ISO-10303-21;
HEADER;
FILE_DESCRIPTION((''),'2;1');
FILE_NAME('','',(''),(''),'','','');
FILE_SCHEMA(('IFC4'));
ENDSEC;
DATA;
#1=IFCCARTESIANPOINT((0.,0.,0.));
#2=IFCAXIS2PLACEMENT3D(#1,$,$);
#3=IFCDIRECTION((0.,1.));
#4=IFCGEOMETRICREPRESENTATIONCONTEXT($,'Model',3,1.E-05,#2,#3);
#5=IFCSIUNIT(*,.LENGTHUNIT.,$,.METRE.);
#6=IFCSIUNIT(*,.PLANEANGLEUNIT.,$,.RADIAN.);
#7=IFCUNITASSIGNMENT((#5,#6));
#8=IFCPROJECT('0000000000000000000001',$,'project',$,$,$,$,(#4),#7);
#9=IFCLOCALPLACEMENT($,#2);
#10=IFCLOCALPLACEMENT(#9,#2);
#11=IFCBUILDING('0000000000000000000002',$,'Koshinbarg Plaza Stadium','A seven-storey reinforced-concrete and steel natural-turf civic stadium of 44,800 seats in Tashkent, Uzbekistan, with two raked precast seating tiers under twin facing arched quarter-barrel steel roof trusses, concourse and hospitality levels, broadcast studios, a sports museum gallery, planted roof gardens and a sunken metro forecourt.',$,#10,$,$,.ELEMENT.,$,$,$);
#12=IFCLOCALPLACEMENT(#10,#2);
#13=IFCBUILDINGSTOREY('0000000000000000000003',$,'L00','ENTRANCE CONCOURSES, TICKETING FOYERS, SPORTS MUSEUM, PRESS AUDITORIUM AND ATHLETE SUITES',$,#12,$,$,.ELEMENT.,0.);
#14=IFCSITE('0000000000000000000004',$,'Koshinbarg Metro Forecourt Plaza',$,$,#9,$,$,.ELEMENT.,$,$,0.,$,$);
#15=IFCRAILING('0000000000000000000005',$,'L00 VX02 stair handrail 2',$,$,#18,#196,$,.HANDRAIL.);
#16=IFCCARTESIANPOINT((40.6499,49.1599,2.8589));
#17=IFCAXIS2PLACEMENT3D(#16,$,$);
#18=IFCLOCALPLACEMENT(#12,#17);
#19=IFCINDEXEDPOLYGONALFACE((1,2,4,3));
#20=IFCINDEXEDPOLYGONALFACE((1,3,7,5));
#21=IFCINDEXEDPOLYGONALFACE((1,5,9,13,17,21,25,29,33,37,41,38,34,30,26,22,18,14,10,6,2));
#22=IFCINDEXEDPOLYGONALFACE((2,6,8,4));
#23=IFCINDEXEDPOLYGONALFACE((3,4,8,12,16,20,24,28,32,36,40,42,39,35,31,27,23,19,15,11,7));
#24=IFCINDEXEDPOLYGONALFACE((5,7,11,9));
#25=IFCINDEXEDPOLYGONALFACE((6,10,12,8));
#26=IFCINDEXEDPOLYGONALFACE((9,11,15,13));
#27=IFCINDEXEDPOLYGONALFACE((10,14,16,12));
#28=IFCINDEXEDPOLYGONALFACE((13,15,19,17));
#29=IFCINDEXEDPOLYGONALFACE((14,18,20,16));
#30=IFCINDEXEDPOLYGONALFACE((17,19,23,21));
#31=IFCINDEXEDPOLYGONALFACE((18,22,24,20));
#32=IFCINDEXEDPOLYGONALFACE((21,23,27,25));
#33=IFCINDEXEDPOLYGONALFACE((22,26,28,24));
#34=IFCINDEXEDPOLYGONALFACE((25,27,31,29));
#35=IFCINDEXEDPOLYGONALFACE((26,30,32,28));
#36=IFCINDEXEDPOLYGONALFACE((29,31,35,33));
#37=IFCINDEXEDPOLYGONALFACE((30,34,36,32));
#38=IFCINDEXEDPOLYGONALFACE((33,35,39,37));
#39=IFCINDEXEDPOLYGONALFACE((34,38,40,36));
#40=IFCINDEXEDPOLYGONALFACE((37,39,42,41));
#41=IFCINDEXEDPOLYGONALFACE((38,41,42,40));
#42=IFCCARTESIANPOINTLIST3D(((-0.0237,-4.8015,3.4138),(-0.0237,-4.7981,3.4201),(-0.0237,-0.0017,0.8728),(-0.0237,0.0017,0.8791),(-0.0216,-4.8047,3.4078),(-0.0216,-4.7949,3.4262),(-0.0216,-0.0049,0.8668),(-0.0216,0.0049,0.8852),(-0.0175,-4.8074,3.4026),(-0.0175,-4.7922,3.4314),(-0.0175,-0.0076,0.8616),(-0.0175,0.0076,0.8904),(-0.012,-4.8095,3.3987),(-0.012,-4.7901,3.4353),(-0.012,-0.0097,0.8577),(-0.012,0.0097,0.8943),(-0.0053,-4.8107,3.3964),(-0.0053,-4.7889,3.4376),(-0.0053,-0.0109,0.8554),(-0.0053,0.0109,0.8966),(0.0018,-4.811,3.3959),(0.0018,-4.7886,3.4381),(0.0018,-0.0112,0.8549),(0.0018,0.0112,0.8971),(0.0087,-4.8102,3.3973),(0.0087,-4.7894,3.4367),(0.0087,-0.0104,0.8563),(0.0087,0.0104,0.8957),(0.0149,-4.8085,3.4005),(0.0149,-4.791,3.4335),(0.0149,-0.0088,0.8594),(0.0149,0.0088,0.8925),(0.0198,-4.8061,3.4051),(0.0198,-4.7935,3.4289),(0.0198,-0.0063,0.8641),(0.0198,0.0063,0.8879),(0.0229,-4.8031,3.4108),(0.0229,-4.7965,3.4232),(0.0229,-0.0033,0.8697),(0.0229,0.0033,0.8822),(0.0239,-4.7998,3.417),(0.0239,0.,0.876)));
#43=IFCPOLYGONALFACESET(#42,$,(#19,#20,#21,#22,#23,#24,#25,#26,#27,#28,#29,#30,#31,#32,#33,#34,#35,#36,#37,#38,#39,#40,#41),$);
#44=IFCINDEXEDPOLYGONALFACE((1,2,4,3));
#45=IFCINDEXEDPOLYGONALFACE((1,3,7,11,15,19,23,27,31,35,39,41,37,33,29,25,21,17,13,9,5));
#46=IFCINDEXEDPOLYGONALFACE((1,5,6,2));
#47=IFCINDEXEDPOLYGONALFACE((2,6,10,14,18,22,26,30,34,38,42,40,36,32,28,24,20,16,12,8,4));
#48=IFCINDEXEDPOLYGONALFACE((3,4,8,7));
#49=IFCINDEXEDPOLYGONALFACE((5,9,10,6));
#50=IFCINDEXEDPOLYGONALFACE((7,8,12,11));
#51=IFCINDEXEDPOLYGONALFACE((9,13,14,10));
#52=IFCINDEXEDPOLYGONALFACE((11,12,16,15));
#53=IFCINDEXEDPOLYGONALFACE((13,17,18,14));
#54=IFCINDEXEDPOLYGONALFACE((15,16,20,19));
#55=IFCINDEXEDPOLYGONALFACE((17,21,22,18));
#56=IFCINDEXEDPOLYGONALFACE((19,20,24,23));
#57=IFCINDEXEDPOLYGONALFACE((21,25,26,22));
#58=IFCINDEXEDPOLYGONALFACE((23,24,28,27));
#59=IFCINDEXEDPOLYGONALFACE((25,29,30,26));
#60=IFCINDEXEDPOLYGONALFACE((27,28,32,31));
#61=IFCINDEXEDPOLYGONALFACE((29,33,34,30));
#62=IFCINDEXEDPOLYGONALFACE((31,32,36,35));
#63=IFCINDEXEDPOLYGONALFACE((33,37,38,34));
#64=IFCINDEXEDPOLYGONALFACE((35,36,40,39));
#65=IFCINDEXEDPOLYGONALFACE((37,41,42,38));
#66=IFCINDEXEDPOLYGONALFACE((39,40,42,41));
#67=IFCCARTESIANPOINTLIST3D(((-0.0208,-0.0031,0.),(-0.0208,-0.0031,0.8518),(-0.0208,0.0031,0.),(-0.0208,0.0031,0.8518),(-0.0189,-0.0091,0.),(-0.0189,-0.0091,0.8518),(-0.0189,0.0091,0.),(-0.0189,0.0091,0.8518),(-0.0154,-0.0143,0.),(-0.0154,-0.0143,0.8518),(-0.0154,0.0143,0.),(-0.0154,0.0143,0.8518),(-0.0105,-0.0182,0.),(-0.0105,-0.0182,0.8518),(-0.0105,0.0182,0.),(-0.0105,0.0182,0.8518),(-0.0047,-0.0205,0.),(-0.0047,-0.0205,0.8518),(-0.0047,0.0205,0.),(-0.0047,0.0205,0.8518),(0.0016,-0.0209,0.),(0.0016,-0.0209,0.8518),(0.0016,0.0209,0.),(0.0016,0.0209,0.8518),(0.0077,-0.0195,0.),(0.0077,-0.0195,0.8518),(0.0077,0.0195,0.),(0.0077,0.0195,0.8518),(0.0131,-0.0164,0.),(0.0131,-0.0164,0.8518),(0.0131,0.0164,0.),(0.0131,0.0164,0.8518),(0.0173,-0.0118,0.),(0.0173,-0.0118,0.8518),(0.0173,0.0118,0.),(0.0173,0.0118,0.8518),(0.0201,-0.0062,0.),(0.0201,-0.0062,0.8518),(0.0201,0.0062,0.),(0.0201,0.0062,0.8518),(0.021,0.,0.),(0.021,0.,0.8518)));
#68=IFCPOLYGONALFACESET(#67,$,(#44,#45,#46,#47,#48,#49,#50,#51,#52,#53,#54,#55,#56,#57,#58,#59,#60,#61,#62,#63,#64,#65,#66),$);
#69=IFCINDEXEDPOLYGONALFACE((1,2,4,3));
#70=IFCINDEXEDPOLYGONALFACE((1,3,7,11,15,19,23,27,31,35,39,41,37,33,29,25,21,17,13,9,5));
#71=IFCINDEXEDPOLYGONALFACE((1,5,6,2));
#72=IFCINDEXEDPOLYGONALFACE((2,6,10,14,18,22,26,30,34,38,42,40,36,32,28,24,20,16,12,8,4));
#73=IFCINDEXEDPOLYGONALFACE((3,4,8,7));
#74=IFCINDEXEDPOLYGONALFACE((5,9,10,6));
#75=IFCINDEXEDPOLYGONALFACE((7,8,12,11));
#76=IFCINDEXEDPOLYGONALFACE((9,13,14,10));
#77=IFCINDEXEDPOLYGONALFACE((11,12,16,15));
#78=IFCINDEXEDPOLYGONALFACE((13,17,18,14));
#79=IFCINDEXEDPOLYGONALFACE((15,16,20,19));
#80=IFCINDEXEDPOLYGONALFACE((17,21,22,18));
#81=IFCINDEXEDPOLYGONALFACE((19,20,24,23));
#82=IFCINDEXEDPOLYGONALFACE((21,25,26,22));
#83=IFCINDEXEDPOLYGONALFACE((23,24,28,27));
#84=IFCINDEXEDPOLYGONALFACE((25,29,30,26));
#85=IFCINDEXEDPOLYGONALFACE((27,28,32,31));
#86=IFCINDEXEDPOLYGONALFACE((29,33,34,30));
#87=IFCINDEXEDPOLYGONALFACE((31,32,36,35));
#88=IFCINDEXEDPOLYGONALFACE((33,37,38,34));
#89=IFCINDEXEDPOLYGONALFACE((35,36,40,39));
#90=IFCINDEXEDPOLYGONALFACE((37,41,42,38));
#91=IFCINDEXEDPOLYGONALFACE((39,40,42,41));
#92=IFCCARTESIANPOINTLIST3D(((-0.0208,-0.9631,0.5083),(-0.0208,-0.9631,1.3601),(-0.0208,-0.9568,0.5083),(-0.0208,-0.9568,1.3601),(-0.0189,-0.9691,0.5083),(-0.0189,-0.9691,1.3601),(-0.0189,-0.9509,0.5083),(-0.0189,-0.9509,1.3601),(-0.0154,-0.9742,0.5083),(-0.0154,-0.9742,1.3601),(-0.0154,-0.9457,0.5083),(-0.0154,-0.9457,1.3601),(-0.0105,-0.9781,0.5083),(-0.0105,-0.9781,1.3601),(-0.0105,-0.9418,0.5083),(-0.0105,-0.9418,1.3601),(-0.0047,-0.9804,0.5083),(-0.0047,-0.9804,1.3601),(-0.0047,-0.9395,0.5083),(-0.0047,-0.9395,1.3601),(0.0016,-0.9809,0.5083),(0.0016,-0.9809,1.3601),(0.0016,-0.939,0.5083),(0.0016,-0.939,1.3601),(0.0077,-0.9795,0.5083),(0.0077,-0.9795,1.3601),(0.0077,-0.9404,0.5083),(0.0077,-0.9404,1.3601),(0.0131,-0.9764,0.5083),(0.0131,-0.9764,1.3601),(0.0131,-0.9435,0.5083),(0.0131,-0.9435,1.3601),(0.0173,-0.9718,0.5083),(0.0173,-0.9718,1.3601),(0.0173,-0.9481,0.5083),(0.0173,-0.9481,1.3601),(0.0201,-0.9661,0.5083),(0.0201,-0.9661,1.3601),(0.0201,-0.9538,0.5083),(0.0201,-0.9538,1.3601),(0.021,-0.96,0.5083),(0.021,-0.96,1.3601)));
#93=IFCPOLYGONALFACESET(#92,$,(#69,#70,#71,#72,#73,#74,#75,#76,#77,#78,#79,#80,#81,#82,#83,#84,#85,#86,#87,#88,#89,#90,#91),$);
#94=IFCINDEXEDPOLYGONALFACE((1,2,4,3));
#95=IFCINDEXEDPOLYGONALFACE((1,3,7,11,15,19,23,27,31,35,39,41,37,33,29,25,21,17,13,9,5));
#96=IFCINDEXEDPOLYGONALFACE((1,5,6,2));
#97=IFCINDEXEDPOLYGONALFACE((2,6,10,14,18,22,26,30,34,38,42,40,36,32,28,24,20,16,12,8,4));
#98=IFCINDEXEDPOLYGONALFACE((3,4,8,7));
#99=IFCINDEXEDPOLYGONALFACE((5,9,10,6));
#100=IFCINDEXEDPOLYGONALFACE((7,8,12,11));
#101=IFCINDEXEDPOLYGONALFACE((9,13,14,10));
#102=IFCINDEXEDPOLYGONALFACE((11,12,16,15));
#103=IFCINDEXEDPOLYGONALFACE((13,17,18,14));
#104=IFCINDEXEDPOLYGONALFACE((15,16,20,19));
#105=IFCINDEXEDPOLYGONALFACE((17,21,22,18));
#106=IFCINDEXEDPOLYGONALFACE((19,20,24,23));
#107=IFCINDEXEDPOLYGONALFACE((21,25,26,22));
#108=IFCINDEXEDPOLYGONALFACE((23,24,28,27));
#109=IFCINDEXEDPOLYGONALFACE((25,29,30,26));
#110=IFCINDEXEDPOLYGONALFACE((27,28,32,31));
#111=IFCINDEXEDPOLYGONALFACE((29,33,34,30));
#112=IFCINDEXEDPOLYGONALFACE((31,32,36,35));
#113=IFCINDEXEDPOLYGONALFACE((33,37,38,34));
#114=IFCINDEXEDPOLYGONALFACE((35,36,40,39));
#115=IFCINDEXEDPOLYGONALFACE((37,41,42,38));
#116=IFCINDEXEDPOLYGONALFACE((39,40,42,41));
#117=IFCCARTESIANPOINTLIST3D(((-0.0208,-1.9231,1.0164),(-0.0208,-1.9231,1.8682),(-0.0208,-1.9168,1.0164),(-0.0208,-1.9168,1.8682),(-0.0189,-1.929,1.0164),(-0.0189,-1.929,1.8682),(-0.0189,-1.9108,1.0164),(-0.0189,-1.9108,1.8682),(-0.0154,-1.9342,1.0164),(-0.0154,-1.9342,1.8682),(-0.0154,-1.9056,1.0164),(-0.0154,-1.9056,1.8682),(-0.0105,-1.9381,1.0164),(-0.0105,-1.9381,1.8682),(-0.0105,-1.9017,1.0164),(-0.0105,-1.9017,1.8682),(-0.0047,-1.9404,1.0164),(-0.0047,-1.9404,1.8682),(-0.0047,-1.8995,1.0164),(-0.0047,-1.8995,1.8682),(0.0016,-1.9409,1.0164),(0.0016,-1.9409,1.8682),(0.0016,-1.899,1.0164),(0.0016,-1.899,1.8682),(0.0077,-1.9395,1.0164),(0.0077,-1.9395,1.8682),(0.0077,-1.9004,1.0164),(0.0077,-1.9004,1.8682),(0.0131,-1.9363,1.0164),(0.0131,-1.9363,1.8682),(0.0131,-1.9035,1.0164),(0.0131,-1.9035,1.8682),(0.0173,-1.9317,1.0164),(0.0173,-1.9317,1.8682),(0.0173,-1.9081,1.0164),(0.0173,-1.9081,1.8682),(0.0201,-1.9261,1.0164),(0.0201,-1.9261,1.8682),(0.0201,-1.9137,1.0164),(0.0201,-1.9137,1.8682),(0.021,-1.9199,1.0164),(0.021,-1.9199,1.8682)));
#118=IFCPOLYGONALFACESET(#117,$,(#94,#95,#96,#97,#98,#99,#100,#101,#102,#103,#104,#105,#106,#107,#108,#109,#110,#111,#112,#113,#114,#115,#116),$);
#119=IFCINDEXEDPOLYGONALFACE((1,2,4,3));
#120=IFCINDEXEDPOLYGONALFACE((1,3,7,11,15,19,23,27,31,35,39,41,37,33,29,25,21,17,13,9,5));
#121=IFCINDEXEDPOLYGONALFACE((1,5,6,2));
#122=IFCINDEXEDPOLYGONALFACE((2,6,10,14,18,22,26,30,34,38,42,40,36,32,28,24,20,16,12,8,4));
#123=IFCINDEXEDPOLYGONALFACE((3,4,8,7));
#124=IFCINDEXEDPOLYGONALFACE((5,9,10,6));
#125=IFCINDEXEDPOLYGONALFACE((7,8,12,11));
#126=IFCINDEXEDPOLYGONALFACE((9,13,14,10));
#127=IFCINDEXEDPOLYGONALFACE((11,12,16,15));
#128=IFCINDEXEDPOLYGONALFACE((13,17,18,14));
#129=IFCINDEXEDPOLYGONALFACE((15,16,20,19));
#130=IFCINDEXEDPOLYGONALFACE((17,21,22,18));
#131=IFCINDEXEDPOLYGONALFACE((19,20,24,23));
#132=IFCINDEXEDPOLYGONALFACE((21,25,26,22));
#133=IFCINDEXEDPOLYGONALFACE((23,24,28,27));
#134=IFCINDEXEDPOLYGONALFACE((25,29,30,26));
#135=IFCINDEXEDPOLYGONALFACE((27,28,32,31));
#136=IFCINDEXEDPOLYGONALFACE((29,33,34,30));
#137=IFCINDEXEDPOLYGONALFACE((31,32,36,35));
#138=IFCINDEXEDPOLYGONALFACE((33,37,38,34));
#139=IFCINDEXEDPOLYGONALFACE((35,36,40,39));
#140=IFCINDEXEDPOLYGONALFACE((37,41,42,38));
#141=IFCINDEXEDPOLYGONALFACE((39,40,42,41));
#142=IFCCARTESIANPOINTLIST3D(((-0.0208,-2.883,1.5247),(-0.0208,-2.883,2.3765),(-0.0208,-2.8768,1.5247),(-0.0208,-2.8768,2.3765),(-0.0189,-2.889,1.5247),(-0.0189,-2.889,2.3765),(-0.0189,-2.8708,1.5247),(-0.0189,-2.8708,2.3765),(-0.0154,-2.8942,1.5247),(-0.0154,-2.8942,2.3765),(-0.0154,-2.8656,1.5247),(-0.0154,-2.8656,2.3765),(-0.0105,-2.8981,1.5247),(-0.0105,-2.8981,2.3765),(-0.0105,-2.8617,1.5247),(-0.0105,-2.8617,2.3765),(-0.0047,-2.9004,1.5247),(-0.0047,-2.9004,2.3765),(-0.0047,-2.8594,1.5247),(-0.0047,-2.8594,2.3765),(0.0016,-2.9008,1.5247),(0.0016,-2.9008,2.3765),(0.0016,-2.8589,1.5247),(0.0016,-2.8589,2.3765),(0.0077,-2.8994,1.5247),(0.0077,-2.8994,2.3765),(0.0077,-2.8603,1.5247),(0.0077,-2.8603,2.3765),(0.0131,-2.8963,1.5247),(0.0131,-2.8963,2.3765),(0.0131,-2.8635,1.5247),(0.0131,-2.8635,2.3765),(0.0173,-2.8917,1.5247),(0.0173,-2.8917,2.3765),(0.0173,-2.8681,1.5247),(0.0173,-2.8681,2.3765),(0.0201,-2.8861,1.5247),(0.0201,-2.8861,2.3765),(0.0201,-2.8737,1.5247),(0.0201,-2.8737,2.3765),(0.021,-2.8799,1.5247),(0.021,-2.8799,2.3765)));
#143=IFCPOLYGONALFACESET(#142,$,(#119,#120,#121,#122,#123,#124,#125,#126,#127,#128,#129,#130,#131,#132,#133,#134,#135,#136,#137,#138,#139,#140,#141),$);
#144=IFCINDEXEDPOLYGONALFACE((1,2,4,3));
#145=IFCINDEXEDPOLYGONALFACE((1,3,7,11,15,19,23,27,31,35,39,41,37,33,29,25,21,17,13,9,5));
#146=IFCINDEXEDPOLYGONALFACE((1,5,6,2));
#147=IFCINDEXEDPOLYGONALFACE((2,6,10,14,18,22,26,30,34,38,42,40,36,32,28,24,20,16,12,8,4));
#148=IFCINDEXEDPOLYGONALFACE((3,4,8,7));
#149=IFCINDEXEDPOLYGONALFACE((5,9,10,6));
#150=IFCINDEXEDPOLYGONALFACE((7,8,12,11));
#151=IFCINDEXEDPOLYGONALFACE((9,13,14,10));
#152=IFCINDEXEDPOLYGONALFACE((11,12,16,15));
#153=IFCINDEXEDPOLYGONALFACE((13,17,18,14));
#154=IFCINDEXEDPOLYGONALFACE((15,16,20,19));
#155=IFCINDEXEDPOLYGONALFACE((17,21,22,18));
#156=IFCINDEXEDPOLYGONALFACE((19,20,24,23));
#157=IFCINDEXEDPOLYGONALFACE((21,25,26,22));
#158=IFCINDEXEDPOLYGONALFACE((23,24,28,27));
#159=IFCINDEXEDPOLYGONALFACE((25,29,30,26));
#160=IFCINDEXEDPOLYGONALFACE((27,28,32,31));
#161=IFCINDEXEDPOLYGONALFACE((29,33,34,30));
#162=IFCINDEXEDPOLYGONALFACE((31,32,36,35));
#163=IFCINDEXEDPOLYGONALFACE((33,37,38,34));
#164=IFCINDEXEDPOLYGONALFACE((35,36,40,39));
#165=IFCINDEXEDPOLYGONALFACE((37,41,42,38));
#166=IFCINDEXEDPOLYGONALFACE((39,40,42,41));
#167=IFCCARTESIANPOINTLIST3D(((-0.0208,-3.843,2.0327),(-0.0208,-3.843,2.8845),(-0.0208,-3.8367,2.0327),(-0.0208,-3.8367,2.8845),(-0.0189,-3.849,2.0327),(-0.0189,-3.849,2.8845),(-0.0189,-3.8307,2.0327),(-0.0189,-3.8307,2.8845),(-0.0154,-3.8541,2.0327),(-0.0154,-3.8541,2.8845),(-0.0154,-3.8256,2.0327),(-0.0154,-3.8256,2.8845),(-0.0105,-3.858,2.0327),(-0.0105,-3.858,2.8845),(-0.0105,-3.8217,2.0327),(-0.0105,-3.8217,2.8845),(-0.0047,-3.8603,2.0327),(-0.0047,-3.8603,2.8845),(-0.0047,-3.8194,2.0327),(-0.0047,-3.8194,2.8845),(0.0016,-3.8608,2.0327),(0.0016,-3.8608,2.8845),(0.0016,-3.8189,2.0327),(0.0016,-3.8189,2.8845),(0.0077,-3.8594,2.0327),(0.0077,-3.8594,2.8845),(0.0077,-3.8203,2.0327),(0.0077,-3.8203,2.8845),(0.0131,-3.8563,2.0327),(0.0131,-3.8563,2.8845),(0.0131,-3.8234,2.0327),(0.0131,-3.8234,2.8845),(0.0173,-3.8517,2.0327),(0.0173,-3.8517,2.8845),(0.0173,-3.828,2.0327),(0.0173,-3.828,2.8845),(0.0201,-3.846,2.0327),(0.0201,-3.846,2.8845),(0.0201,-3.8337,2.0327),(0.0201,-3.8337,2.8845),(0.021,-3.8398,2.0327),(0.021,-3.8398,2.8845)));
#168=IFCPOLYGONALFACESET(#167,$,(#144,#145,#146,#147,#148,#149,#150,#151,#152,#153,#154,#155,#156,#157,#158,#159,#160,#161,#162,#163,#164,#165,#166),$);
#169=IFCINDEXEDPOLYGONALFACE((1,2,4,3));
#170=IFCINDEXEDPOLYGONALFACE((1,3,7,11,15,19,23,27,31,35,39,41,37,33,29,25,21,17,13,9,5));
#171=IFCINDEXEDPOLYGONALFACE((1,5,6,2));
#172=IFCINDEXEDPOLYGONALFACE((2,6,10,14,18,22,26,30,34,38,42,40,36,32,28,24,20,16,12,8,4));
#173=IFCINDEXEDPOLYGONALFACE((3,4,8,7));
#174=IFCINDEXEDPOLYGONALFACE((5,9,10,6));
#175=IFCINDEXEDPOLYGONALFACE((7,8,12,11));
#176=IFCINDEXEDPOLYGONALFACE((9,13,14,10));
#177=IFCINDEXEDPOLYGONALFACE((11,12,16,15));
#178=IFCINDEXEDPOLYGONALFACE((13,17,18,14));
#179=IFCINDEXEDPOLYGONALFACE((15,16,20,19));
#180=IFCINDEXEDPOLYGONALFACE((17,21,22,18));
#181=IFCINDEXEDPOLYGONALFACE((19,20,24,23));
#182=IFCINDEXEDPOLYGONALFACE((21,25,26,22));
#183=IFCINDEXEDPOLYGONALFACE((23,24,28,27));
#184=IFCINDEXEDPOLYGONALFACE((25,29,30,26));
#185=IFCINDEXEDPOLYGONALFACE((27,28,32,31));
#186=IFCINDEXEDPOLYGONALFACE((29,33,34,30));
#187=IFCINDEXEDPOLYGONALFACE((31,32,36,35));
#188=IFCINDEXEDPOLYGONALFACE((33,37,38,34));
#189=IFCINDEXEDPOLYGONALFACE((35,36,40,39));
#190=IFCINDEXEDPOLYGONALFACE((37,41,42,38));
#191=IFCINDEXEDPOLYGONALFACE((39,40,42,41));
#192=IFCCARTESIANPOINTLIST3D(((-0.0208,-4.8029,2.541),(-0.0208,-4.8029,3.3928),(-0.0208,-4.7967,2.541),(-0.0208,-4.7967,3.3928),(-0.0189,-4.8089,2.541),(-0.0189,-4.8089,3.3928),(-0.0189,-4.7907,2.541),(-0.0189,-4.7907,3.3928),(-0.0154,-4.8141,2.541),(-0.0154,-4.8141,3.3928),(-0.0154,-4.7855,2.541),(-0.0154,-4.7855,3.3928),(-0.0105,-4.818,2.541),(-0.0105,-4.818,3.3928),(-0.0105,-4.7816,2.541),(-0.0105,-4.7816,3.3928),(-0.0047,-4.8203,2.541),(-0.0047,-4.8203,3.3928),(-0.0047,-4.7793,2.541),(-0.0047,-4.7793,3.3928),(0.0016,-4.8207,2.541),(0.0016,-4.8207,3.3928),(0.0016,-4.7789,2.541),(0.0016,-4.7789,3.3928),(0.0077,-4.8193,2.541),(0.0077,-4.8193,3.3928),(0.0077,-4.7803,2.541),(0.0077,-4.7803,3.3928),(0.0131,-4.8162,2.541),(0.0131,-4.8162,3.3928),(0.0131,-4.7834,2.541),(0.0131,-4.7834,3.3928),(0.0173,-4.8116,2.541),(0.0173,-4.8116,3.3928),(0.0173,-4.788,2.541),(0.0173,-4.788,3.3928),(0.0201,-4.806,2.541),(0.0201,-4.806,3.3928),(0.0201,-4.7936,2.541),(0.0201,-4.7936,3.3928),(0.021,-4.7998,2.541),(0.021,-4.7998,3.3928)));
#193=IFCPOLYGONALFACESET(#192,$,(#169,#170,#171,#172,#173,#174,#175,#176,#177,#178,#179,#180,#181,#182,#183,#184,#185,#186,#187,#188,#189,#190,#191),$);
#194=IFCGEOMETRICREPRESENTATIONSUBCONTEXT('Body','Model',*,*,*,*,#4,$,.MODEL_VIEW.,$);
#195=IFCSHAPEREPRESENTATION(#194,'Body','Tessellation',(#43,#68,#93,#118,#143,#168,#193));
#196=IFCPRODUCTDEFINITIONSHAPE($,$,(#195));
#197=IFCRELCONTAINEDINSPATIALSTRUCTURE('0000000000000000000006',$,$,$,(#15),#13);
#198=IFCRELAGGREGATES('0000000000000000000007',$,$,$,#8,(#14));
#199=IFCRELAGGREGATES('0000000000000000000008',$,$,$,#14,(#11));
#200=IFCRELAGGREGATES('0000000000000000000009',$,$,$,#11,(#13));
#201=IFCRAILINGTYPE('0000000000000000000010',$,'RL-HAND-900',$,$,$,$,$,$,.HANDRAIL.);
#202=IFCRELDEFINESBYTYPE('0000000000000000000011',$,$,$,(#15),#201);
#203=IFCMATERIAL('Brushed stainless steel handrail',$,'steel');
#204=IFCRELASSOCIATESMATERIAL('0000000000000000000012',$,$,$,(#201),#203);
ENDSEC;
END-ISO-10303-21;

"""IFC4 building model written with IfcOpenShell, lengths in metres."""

from ifc_helpers import new_model, si_unit, direction, frame, origin, origin_2d, place, context, subcontext, project, spatial, circle, extrude, material, type_object, element, save


model = new_model("IFC4")

# Units and contexts
model_context = context("Model", 3, precision=1e-05, world=origin(), true_north=direction((0.0, 1.0)))
body_context = subcontext(model_context, "Body", "Model", "MODEL_VIEW")
ifc_project = project(units=[si_unit("LENGTHUNIT", "METRE"), si_unit("PLANEANGLEUNIT", "RADIAN")], contexts=[model_context])

# Site, building, storey
site_placement = place(None, origin())
site = spatial("IfcSite", under=ifc_project, at=site_placement, Name="Koshinbarg Metro Forecourt Plaza", CompositionType="ELEMENT", RefElevation=0.0)
building_placement = place(site_placement, origin())
building = spatial("IfcBuilding", under=site, at=building_placement, Name="Koshinbarg Plaza Stadium", Description="A seven-storey reinforced-concrete and steel natural-turf civic stadium of 44,800 seats in Tashkent, Uzbekistan, with two raked precast seating tiers under twin facing arched quarter-barrel steel roof trusses, concourse and hospitality levels, broadcast studios, a sports museum gallery, planted roof gardens and a sunken metro forecourt.", CompositionType="ELEMENT")
storey_placement = place(building_placement, origin())
storey = spatial("IfcBuildingStorey", under=building, at=storey_placement, Name="L00", Description="ENTRANCE CONCOURSES, TICKETING FOYERS, SPORTS MUSEUM, PRESS AUDITORIUM AND ATHLETE SUITES", CompositionType="ELEMENT", Elevation=0.0)

# Railing
ifc_material_1 = material(Name="Brushed stainless steel handrail", Category="steel")
railing_type_1 = type_object("IfcRailingType", Name="RL-HAND-900", PredefinedType="HANDRAIL", material=ifc_material_1)
railing_1_placement = place(storey_placement, frame((40.6499, 49.1599, 2.8589)))
element("IfcRailing", 1, at=railing_1_placement, inside=storey, type_object=railing_type_1, Name="L00 VX02 stair handrail 2", PredefinedType="HANDRAIL", context=body_context, shape_type="SweptSolid", body=[
    extrude(circle(Radius=0.0239, at=origin_2d()), frame((0.0, 0.0, 0.876), z_axis=(0.0, -0.883792, 0.467879), x_axis=(1.0, 0.0, 0.0)), (0.0, 0.0, 1.0), 5.4309),
    extrude(circle(Radius=0.021, at=origin_2d()), origin(), (0.0, 0.0, 1.0), 0.8518),
    extrude(circle(Radius=0.021, at=origin_2d()), frame((0.0, -0.96, 0.5083)), (0.0, 0.0, 1.0), 0.8518),
    extrude(circle(Radius=0.021, at=origin_2d()), frame((0.0, -1.9199, 1.0164)), (0.0, 0.0, 1.0), 0.8518),
    extrude(circle(Radius=0.021, at=origin_2d()), frame((0.0, -2.8799, 1.5247)), (0.0, 0.0, 1.0), 0.8518),
    extrude(circle(Radius=0.021, at=origin_2d()), frame((0.0, -3.8398, 2.0327)), (0.0, 0.0, 1.0), 0.8518),
    extrude(circle(Radius=0.021, at=origin_2d()), frame((0.0, -4.7998, 2.541)), (0.0, 0.0, 1.0), 0.8518),
])

save(model, "model.ifc")
